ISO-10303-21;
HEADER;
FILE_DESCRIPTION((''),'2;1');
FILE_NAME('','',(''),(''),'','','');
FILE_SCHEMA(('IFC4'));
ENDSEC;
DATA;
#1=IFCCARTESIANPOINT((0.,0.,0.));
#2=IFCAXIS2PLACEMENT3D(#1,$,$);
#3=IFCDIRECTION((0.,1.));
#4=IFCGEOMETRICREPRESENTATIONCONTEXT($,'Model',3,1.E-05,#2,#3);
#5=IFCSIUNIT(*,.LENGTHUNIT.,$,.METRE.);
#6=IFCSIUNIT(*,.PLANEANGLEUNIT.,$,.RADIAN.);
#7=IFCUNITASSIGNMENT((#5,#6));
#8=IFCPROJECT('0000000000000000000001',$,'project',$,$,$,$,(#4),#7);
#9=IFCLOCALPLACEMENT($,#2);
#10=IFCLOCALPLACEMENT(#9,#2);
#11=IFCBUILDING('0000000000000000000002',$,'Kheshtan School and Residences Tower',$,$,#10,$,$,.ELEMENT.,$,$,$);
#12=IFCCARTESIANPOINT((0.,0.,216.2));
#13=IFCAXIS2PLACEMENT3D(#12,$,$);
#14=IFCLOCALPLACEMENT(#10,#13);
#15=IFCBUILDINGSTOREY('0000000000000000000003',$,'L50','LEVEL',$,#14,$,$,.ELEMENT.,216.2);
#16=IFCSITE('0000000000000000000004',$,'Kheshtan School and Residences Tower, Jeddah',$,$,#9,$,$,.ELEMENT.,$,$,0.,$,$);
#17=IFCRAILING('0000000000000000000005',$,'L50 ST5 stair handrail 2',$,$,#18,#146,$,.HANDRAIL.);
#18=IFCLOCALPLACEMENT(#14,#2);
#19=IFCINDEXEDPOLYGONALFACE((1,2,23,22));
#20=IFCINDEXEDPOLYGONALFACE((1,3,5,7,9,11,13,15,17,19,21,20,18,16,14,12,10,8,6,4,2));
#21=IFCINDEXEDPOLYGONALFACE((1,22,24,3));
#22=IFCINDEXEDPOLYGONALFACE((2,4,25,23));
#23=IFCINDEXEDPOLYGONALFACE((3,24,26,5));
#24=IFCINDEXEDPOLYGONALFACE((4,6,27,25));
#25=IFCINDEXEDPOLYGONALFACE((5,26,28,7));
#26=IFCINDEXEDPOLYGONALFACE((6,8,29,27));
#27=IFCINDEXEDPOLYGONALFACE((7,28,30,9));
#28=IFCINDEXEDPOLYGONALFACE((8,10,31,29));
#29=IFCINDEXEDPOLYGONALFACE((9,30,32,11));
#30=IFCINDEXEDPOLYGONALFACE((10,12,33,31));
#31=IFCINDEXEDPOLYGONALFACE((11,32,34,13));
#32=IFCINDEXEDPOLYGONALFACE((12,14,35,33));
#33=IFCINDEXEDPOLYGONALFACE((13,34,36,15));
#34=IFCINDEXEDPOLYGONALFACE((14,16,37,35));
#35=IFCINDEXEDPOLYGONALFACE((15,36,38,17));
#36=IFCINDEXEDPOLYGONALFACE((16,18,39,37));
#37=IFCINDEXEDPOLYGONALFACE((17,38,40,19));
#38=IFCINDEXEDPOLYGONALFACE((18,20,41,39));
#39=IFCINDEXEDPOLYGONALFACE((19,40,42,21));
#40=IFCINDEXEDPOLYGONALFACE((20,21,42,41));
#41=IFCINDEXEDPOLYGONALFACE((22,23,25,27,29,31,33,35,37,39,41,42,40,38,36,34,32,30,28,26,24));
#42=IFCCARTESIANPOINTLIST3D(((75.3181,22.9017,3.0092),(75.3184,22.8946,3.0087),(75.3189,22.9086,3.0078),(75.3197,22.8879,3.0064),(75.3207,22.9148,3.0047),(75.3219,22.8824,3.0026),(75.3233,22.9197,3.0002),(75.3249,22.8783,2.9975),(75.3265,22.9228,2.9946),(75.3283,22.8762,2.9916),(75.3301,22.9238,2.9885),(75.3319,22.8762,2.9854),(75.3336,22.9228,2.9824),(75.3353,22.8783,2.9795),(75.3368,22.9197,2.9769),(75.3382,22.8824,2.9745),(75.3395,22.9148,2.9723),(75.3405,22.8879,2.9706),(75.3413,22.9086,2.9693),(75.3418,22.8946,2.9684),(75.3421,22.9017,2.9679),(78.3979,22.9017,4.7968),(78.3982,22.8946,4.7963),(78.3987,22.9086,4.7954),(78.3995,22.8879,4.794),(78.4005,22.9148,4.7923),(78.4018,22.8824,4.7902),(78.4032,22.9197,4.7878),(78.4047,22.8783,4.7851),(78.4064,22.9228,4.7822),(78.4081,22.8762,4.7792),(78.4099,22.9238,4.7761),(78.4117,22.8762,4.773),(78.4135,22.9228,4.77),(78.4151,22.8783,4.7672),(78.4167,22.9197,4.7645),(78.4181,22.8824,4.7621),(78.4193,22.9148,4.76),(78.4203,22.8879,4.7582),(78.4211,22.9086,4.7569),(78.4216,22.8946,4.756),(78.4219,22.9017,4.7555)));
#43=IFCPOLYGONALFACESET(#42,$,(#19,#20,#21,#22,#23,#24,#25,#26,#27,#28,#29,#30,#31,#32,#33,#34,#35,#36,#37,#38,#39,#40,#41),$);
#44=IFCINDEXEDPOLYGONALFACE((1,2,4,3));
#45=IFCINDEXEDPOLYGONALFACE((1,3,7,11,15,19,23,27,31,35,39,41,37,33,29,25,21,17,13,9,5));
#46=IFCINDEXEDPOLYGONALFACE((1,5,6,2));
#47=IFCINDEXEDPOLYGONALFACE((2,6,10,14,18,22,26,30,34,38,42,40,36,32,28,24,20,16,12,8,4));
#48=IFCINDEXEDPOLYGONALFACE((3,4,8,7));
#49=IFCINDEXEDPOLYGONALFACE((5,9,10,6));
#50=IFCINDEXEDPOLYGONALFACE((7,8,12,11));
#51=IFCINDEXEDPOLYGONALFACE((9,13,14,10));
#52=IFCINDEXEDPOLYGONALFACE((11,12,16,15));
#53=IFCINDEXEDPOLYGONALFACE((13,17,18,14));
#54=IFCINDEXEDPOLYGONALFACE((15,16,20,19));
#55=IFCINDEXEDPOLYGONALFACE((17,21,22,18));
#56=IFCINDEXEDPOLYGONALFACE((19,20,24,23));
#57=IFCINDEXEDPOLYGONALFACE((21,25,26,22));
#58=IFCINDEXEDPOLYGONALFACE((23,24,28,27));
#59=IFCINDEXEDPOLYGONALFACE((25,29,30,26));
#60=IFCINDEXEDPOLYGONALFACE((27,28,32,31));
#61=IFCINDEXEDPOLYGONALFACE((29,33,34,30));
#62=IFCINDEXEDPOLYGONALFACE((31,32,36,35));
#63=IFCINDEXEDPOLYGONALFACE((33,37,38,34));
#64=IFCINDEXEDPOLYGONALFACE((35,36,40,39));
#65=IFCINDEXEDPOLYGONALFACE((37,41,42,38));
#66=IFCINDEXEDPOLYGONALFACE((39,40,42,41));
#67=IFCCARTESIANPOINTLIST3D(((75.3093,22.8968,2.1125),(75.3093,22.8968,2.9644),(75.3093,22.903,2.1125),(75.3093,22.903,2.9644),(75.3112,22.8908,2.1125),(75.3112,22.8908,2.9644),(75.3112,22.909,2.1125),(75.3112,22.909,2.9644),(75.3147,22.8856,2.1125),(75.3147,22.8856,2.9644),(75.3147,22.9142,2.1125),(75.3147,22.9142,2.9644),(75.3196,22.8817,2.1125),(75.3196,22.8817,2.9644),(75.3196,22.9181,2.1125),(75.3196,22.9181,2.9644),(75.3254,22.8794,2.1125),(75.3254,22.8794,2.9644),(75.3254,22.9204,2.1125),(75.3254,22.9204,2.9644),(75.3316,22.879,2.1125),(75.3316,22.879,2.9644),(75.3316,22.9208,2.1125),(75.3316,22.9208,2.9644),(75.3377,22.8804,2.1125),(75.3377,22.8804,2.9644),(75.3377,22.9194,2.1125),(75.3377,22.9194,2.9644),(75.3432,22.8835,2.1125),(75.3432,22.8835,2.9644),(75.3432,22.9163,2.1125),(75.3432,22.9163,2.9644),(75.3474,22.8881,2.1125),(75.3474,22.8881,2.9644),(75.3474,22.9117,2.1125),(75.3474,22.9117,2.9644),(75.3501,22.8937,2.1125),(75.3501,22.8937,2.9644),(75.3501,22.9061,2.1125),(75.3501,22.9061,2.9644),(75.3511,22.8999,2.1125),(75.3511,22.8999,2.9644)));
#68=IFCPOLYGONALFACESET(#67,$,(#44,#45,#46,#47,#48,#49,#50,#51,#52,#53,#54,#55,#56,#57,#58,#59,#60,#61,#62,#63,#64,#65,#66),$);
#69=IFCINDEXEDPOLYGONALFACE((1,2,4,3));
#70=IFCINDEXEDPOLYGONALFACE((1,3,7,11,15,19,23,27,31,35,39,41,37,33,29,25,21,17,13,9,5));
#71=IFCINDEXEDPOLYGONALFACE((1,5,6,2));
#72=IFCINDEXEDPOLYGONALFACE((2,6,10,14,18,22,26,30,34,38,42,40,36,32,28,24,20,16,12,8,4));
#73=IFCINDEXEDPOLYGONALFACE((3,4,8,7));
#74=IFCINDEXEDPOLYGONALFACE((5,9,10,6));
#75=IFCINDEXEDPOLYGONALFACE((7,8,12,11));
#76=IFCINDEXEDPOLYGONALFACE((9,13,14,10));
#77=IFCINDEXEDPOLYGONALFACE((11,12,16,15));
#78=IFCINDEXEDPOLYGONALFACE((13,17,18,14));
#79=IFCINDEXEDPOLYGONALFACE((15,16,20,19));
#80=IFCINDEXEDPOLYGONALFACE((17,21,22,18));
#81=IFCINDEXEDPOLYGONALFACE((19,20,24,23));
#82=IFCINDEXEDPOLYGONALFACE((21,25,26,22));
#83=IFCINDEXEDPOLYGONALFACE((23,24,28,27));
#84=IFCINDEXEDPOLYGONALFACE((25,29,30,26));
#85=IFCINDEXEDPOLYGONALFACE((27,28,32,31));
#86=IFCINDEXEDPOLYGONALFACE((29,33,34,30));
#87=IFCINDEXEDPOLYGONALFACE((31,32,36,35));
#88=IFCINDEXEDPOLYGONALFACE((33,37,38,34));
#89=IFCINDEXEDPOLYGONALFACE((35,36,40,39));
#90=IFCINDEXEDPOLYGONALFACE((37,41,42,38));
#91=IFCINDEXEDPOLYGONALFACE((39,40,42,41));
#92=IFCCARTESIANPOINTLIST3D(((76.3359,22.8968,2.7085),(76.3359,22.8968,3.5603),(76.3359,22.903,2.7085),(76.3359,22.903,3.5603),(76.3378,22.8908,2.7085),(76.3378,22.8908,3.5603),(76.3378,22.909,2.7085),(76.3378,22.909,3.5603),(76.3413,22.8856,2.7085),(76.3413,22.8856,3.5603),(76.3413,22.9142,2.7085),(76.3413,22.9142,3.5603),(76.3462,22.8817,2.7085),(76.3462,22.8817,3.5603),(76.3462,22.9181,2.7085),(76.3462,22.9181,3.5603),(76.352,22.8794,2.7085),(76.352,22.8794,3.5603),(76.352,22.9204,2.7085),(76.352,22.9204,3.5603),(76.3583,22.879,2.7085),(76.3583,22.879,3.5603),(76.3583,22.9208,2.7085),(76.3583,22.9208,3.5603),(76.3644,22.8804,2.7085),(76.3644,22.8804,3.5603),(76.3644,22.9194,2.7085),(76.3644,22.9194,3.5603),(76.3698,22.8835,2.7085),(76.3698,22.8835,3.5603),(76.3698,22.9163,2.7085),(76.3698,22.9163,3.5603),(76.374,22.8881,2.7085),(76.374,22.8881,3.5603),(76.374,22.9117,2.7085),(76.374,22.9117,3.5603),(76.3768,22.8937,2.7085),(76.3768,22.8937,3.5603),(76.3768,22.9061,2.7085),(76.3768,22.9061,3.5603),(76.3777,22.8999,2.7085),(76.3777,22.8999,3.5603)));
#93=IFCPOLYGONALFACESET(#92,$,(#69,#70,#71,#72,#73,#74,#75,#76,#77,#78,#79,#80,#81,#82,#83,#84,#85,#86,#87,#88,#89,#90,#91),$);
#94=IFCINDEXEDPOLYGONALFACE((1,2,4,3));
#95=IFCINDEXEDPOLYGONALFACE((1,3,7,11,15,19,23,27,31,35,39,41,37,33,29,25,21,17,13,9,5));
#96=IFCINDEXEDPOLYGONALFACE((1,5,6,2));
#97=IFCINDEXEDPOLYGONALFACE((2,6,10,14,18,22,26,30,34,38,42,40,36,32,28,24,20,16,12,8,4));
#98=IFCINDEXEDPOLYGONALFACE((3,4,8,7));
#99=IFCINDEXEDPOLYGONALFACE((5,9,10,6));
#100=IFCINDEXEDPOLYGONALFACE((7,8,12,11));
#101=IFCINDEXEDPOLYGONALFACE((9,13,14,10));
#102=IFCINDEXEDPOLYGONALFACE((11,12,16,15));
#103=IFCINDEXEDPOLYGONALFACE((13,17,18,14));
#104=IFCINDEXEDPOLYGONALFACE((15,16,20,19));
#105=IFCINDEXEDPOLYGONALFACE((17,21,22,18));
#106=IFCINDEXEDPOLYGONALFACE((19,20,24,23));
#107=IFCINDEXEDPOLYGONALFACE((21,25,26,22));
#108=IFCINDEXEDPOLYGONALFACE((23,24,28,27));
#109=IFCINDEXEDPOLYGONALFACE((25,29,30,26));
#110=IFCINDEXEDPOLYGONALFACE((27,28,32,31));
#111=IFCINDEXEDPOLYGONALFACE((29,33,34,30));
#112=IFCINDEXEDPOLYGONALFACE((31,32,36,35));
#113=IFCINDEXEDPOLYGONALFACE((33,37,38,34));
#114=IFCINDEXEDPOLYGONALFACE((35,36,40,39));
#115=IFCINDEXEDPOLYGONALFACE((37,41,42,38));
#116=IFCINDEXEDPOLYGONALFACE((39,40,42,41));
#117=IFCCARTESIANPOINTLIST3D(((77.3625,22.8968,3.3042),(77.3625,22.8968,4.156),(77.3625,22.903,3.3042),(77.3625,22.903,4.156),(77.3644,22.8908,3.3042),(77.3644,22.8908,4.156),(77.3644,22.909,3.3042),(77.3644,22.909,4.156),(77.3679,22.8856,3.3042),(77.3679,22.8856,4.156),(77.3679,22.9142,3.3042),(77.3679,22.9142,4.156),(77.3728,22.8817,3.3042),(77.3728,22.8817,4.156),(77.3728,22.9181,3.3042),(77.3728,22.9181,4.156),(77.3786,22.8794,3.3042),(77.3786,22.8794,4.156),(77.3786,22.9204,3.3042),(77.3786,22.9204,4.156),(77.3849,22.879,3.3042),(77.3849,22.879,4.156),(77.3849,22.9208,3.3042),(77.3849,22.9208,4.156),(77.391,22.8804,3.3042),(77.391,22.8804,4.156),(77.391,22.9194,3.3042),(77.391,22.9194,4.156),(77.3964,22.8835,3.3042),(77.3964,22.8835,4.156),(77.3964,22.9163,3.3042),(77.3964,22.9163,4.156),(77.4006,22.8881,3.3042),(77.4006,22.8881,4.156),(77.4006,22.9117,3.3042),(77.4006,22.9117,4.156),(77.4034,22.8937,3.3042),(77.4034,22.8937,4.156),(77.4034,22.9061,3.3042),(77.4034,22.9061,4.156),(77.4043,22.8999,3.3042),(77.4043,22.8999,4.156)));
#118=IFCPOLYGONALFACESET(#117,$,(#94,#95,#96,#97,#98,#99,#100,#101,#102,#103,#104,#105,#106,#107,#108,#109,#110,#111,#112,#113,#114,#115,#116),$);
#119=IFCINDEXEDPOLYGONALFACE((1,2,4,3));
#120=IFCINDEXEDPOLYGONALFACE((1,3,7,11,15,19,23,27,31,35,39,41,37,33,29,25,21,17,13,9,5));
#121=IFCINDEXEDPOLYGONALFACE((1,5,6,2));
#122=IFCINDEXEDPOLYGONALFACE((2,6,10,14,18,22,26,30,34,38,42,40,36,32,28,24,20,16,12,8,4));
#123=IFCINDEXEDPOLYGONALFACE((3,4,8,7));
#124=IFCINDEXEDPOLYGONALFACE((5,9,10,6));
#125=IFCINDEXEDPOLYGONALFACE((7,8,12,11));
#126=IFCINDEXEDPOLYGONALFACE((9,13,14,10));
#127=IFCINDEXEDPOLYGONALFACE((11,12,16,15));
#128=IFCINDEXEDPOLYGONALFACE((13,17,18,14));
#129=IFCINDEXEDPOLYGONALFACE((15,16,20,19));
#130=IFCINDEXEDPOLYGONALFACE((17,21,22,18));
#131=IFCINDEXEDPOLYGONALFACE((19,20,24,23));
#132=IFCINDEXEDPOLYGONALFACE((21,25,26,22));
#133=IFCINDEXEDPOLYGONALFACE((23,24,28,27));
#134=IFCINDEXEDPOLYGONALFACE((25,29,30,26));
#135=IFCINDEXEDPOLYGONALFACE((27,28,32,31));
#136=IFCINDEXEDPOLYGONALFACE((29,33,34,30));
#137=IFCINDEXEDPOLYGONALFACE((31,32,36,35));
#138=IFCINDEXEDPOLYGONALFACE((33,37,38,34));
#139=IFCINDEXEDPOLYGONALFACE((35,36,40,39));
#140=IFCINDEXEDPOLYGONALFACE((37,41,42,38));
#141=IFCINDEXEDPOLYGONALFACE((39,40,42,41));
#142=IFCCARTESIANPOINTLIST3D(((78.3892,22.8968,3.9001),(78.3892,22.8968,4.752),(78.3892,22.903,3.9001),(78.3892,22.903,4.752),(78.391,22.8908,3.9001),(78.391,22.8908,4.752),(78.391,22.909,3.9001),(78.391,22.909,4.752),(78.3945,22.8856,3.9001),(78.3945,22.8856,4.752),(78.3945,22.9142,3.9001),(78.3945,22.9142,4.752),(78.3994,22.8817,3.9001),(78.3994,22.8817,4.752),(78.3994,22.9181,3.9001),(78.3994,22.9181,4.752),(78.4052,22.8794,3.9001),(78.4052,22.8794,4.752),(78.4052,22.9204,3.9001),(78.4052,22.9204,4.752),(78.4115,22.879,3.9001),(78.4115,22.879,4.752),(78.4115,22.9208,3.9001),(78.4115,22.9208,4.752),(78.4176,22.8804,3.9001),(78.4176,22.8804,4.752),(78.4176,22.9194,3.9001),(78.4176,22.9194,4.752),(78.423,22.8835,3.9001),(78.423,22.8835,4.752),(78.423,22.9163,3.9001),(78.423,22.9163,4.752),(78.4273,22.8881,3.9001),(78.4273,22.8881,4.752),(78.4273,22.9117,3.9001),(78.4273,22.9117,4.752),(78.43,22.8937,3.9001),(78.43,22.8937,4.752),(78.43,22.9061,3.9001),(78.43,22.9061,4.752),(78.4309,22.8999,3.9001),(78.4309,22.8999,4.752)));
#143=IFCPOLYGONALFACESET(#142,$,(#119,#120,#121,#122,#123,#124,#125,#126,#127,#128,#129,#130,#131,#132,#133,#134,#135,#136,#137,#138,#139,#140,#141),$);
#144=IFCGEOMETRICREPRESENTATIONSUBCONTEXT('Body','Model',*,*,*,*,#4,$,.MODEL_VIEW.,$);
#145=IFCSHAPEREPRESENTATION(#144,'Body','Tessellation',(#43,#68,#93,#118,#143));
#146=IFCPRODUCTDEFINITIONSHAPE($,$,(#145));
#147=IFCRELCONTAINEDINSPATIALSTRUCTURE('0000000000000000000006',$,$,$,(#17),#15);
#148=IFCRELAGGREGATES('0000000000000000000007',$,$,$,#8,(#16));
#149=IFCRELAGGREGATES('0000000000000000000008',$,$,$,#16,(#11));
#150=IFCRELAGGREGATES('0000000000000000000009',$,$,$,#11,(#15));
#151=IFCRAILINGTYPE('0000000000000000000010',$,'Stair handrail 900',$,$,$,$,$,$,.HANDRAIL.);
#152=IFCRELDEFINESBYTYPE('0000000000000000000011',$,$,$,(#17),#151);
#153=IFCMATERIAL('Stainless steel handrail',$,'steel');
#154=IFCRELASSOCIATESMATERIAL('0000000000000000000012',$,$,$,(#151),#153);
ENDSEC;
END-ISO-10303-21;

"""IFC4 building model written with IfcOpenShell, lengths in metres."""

from ifc_helpers import new_model, si_unit, direction, frame, origin, origin_2d, place, context, subcontext, project, spatial, circle, extrude, material, type_object, element, save


model = new_model("IFC4")

# Units and contexts
model_context = context("Model", 3, precision=1e-05, world=origin(), true_north=direction((0.0, 1.0)))
body_context = subcontext(model_context, "Body", "Model", "MODEL_VIEW")
ifc_project = project(units=[si_unit("LENGTHUNIT", "METRE"), si_unit("PLANEANGLEUNIT", "RADIAN")], contexts=[model_context])

# Site, building, storey
site_placement = place(None, origin())
site = spatial("IfcSite", under=ifc_project, at=site_placement, Name="Kheshtan School and Residences Tower, Jeddah", CompositionType="ELEMENT", RefElevation=0.0)
building_placement = place(site_placement, origin())
building = spatial("IfcBuilding", under=site, at=building_placement, Name="Kheshtan School and Residences Tower", CompositionType="ELEMENT")
storey_placement = place(building_placement, frame((0.0, 0.0, 216.2)))
storey = spatial("IfcBuildingStorey", under=building, at=storey_placement, Name="L50", Description="LEVEL", CompositionType="ELEMENT", Elevation=216.2)

# Railing
ifc_material_1 = material(Name="Stainless steel handrail", Category="steel")
railing_type_1 = type_object("IfcRailingType", Name="Stair handrail 900", PredefinedType="HANDRAIL", material=ifc_material_1)
railing_1_placement = place(storey_placement, frame((75.3301, 22.8999, 2.1125)))
element("IfcRailing", 1, at=railing_1_placement, inside=storey, type_object=railing_type_1, Name="L50 ST5 stair handrail 2", PredefinedType="HANDRAIL", context=body_context, shape_type="SweptSolid", body=[
    extrude(circle(Radius=0.0239, at=origin_2d()), frame((0.0, 0.0, 0.876), z_axis=(0.864873, 0.0, 0.50199), x_axis=(0.0, 1.0, 0.0)), (0.0, 0.0, 1.0), 3.561),
    extrude(circle(Radius=0.021, at=origin_2d()), origin(), (0.0, 0.0, 1.0), 0.8518),
    extrude(circle(Radius=0.021, at=origin_2d()), frame((1.0266, 0.0, 0.5959)), (0.0, 0.0, 1.0), 0.8518),
    extrude(circle(Radius=0.021, at=origin_2d()), frame((2.0532, 0.0, 1.1917)), (0.0, 0.0, 1.0), 0.8518),
    extrude(circle(Radius=0.021, at=origin_2d()), frame((3.0798, 0.0, 1.7876)), (0.0, 0.0, 1.0), 0.8518),
])

save(model, "model.ifc")
